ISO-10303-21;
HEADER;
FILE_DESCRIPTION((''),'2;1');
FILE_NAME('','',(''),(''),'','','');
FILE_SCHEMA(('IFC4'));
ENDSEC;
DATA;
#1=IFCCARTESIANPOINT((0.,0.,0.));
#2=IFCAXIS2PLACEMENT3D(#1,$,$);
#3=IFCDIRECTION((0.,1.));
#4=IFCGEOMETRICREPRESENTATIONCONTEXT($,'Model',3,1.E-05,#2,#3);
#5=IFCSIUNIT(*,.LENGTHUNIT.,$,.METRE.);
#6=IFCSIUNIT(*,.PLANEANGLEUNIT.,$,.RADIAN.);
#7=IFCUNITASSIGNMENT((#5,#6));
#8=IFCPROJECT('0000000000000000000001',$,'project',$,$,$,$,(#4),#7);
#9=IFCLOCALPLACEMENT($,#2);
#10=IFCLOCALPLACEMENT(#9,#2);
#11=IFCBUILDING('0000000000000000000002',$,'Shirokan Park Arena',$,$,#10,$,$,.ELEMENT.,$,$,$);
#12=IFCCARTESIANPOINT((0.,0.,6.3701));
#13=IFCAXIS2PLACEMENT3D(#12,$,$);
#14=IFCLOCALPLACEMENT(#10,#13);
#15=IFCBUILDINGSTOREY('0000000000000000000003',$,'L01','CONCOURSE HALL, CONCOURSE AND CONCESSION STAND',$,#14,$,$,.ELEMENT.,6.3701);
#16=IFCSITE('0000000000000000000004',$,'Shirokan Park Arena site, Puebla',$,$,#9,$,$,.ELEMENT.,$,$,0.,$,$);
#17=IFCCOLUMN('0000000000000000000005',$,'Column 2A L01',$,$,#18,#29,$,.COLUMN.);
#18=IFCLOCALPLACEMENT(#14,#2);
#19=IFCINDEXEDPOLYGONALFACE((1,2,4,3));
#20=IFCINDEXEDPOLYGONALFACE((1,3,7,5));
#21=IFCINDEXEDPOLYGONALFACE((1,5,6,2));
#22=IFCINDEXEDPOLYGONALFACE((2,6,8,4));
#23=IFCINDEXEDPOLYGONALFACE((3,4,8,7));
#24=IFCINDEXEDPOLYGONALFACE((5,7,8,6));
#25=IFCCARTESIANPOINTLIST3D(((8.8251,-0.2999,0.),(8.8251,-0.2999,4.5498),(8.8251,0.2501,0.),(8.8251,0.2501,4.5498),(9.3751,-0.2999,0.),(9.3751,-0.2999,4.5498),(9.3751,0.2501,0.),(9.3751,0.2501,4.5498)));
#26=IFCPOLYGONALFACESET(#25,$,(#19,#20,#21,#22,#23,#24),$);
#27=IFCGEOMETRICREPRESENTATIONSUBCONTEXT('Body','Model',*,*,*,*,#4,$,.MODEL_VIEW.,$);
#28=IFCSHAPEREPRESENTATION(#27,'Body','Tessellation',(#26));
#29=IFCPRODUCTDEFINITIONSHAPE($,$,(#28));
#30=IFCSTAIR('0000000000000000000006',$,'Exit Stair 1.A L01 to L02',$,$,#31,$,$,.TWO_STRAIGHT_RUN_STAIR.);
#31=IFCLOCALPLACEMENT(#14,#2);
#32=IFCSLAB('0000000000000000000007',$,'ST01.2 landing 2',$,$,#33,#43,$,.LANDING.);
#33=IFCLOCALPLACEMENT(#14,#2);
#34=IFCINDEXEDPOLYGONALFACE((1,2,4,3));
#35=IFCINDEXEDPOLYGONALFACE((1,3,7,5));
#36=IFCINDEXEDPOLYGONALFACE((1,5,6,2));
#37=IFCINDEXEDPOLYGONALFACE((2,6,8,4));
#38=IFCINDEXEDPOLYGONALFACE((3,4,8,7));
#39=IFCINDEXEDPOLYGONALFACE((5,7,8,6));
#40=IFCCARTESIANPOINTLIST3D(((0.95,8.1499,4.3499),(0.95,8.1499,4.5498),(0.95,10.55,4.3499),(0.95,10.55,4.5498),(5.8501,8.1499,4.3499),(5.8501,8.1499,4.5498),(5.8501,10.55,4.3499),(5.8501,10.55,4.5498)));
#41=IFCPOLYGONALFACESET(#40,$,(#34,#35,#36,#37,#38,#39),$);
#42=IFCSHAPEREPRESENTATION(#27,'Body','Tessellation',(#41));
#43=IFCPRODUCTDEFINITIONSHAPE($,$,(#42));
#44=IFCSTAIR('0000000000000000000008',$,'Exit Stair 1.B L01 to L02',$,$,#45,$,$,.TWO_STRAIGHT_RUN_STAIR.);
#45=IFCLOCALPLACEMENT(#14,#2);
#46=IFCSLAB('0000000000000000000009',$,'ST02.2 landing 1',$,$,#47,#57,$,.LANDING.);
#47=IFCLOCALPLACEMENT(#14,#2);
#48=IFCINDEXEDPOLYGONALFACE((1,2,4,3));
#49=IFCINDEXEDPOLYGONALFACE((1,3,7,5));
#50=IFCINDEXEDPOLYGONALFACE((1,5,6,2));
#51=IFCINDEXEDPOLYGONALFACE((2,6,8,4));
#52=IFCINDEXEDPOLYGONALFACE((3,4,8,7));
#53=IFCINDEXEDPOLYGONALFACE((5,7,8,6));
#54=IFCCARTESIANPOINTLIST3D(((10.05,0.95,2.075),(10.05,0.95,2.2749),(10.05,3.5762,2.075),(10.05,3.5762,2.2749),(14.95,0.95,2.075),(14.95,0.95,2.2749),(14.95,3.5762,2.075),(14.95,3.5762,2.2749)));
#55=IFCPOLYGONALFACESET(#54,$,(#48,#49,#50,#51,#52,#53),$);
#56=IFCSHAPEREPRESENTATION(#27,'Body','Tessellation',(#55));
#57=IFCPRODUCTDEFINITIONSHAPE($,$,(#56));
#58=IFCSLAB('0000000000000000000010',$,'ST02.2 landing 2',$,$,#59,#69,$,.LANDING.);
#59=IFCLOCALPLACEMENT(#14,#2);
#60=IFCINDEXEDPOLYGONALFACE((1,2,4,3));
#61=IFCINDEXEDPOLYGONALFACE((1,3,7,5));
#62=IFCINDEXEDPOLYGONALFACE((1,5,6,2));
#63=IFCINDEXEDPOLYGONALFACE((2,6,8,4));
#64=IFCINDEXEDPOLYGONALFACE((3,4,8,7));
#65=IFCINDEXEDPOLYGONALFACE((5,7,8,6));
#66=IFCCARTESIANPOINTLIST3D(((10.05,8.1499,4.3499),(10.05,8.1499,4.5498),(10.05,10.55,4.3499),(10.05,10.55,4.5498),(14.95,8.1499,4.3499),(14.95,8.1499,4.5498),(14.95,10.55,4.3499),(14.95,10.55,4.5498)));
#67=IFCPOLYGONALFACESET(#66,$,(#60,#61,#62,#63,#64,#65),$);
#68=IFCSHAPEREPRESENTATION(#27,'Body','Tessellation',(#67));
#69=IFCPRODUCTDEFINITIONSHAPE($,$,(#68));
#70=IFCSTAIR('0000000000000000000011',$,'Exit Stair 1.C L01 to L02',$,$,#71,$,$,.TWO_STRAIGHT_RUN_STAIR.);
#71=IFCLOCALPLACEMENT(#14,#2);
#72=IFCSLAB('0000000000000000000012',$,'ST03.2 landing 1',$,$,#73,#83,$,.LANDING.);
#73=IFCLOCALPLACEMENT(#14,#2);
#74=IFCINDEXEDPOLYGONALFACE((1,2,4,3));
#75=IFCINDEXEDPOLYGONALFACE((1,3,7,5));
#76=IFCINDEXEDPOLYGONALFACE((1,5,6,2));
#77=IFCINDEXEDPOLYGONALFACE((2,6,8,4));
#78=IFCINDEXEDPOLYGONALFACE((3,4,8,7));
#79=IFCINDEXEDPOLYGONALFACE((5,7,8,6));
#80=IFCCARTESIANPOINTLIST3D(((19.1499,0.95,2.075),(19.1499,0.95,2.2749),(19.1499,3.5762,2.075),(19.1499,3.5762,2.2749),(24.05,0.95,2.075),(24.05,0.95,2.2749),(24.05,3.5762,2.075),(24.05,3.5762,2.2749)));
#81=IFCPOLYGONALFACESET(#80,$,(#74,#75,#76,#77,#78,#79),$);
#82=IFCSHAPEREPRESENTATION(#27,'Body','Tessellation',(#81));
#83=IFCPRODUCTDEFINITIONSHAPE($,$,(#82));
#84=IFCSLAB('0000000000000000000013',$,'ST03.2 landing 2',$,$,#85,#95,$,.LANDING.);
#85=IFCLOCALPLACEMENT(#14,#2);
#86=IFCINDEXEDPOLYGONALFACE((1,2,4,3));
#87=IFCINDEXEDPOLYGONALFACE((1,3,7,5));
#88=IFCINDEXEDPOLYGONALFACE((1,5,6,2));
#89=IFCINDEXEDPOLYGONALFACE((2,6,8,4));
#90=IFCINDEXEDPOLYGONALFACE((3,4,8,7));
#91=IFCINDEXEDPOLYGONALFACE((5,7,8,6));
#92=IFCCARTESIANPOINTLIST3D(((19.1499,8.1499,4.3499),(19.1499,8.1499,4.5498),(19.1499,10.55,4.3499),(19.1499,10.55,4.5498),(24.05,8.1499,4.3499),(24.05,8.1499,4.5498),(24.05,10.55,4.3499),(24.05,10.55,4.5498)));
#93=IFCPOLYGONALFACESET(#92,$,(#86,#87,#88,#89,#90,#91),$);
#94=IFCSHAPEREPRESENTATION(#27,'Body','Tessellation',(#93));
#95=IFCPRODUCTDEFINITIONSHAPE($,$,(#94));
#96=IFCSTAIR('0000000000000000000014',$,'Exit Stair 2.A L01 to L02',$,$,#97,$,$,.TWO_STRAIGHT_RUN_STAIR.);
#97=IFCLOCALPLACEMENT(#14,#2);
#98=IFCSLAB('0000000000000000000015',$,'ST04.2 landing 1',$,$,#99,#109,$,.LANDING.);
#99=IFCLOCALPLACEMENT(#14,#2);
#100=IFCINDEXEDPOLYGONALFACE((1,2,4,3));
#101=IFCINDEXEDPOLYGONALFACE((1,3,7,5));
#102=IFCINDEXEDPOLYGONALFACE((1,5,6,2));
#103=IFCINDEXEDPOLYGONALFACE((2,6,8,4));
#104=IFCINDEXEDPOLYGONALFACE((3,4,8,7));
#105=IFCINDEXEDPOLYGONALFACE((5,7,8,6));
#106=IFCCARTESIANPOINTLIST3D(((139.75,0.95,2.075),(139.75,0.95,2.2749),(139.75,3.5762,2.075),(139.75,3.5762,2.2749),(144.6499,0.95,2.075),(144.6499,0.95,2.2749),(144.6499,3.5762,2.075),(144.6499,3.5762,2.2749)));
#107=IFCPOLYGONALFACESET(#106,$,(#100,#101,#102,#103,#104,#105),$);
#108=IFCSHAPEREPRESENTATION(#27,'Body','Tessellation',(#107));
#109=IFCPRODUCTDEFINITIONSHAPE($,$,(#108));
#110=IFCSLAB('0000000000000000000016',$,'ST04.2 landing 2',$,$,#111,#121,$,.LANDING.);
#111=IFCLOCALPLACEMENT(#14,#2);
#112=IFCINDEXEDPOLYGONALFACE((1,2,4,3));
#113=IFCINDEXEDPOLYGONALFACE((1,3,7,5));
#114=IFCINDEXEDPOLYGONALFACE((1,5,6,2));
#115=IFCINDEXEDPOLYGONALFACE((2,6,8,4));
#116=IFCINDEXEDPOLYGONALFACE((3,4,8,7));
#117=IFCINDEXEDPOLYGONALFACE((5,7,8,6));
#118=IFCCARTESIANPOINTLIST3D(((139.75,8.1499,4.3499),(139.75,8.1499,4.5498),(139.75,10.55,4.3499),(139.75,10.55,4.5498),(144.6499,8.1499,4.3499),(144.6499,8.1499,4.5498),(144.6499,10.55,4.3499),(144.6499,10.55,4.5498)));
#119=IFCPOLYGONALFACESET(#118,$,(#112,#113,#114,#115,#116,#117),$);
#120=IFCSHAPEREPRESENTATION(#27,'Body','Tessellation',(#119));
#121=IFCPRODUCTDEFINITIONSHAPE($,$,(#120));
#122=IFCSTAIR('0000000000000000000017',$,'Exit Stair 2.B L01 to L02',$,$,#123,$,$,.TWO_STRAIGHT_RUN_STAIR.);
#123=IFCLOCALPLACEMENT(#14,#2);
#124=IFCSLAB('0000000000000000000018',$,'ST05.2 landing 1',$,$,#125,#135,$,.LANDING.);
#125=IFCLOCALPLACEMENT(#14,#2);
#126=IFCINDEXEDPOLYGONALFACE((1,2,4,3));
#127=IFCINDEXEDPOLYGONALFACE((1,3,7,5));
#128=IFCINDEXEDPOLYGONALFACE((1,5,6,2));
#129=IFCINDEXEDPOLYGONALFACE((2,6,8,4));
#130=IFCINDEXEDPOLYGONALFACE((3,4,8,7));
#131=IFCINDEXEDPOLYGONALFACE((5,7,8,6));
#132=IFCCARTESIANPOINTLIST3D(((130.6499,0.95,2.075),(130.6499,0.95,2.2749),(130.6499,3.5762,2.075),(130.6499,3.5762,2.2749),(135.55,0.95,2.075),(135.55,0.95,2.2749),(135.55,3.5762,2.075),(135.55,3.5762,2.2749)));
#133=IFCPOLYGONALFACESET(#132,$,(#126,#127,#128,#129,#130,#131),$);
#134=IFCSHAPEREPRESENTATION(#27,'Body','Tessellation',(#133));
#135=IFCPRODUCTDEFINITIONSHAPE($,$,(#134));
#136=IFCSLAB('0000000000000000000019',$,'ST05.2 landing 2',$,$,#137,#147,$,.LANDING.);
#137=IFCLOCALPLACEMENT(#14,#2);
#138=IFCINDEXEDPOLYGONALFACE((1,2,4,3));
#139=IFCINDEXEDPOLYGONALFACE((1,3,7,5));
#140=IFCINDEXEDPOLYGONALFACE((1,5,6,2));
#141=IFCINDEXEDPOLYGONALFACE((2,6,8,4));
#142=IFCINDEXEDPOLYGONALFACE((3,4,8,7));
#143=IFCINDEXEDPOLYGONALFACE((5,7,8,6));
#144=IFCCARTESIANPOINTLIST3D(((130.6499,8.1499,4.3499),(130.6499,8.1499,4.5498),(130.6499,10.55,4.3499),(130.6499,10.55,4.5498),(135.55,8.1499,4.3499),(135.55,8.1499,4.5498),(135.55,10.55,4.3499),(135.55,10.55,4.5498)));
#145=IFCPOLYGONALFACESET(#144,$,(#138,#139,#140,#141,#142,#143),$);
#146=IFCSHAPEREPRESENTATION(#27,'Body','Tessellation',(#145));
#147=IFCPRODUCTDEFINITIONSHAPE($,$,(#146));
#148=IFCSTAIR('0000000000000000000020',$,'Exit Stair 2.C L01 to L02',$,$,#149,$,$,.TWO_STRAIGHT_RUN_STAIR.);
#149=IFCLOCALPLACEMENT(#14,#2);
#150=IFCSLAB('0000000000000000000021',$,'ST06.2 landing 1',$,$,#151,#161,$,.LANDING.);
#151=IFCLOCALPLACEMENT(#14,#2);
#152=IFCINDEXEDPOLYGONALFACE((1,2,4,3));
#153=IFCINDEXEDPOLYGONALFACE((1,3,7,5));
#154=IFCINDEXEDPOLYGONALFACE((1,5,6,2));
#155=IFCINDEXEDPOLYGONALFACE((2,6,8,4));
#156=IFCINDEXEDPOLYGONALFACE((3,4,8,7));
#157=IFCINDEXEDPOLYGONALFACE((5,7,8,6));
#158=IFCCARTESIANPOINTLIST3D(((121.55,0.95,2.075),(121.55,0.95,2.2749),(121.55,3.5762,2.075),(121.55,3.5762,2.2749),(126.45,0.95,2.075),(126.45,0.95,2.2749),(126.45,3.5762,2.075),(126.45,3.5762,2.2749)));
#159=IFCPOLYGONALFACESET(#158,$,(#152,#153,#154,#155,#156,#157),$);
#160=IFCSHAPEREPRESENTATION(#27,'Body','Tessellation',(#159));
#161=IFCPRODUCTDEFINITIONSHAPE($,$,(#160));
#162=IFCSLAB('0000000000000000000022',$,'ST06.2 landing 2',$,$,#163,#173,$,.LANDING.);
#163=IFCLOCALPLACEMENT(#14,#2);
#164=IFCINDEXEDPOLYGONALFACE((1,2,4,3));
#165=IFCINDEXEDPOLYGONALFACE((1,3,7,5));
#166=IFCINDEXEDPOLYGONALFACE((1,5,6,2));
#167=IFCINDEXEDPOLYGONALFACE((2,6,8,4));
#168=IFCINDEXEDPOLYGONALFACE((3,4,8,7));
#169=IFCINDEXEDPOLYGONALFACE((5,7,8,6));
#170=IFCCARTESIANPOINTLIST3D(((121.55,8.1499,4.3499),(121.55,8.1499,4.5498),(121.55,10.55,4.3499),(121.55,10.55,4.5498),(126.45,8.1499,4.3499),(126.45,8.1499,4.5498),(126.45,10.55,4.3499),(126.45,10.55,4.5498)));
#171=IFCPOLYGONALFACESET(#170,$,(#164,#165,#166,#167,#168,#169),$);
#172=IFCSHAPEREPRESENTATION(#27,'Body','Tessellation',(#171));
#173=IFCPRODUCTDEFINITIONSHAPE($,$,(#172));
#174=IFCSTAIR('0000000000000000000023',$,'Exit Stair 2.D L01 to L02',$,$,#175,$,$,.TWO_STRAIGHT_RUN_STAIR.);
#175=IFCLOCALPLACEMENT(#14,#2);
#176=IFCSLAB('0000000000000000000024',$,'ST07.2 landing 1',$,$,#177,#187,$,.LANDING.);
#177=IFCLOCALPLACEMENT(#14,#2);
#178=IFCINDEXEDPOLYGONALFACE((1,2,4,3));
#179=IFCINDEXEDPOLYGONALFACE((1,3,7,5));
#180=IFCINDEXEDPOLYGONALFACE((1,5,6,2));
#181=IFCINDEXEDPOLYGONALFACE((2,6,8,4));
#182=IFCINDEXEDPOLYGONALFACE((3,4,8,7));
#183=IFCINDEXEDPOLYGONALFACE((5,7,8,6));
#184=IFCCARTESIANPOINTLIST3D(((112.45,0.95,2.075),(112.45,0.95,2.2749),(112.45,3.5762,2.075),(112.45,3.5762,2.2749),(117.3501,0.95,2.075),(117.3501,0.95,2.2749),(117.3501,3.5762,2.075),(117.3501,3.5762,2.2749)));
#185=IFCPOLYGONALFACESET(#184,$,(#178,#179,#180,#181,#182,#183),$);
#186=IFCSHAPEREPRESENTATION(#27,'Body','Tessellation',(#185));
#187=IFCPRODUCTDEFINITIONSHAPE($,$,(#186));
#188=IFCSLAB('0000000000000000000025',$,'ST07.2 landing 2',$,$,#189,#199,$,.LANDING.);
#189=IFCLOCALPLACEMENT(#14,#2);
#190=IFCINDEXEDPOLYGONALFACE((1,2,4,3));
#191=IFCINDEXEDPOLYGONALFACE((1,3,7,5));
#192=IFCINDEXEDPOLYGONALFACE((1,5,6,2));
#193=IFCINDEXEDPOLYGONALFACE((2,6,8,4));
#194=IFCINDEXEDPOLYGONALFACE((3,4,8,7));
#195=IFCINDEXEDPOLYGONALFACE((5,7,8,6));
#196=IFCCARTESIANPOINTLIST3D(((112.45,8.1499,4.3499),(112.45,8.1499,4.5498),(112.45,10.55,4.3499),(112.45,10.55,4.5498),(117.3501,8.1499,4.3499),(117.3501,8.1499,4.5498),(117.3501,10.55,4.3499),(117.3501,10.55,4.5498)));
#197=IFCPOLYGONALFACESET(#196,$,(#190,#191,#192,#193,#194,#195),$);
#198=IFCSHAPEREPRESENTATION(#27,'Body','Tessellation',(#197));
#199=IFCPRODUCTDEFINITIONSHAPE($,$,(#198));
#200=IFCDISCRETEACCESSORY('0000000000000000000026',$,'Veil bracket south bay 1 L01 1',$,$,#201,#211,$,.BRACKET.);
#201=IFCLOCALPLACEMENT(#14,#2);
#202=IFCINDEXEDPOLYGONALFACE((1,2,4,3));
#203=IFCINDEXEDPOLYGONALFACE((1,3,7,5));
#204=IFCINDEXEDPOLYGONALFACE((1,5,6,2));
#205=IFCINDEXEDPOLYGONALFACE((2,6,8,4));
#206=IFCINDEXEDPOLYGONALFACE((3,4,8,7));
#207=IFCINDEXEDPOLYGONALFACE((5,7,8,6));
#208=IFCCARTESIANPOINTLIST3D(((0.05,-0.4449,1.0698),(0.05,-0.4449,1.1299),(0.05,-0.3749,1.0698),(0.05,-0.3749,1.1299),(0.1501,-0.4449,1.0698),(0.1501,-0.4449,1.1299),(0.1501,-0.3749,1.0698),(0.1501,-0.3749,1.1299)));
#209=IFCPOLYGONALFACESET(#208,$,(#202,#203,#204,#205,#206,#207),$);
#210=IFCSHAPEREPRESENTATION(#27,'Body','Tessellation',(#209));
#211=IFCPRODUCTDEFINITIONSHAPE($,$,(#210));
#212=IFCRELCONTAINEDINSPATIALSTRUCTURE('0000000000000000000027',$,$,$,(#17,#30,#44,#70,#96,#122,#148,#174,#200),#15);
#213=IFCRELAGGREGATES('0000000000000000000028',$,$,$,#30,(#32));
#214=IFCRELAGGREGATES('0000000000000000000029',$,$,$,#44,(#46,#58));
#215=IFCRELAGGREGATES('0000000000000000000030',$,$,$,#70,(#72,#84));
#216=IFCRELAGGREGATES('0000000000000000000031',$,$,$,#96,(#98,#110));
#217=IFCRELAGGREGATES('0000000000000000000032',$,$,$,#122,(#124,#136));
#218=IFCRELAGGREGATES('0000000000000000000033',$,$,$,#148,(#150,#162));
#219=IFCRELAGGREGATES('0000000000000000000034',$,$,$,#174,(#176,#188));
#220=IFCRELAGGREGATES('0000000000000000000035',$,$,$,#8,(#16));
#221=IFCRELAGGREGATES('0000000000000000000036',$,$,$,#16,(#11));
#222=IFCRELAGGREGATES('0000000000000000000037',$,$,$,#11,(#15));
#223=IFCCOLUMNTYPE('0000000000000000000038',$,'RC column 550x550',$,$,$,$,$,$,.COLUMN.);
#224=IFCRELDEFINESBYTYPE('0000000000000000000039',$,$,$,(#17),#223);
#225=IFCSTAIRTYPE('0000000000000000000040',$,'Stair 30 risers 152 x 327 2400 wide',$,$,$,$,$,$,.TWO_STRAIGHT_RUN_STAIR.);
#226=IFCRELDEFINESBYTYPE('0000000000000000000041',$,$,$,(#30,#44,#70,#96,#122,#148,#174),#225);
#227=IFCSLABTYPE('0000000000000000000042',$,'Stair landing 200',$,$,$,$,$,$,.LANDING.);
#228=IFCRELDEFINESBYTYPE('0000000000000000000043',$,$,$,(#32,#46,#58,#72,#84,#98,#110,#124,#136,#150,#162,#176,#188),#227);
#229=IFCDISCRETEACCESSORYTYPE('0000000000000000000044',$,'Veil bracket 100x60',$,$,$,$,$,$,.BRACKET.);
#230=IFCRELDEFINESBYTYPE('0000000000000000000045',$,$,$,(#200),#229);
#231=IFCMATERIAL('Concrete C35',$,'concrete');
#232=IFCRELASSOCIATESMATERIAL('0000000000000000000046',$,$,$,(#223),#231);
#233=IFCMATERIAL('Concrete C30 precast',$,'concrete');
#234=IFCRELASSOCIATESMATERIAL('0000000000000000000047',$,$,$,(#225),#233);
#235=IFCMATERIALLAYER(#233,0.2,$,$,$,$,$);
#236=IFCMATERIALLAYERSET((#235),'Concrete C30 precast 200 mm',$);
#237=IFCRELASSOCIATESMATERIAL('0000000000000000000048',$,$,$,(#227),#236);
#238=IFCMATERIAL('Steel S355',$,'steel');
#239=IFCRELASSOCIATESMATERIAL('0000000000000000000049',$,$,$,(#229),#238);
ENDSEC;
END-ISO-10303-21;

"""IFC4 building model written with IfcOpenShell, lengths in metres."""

from ifc_helpers import new_model, si_unit, direction, frame, origin, origin_2d, place, context, subcontext, project, spatial, polyline, rectangle, outline, extrude, material, layer, layer_set, material_profile, profile_set, type_object, element, aggregate, save


model = new_model("IFC4")

# Units and contexts
model_context = context("Model", 3, precision=1e-05, world=origin(), true_north=direction((0.0, 1.0)))
body_context = subcontext(model_context, "Body", "Model", "MODEL_VIEW")
ifc_project = project(units=[si_unit("LENGTHUNIT", "METRE"), si_unit("PLANEANGLEUNIT", "RADIAN")], contexts=[model_context])

# Site, building, storey
site_placement = place(None, origin())
site = spatial("IfcSite", under=ifc_project, at=site_placement, Name="Shirokan Park Arena site, Puebla", CompositionType="ELEMENT", RefElevation=0.0)
building_placement = place(site_placement, origin())
building = spatial("IfcBuilding", under=site, at=building_placement, Name="Shirokan Park Arena", CompositionType="ELEMENT")
storey_placement = place(building_placement, frame((0.0, 0.0, 6.3701)))
storey = spatial("IfcBuildingStorey", under=building, at=storey_placement, Name="L01", Description="CONCOURSE HALL, CONCOURSE AND CONCESSION STAND", CompositionType="ELEMENT", Elevation=6.3701)

# Column
ifc_material_1 = material(Name="Concrete C35", Category="concrete")
ifc_material_profile = material_profile(ifc_material_1, rectangle(XDim=0.55, YDim=0.55, at=origin_2d()), Name="550x550")
ifc_profile_set = profile_set([ifc_material_profile], Name="Concrete C35")
column_type = type_object("IfcColumnType", Name="RC column 550x550", PredefinedType="COLUMN", material=ifc_profile_set)
column_placement = place(storey_placement, frame((9.1001, -0.0249, 0.0), z_axis=(0.0, 0.0, 1.0), x_axis=(1.0, 0.0, 0.0)))
element("IfcColumn", 1, at=column_placement, inside=storey, type_object=column_type, Name="Column 2A L01", PredefinedType="COLUMN", context=body_context, shape_type="SweptSolid", body=[
    extrude(rectangle(XDim=0.55, YDim=0.55, at=origin_2d()), origin(), (0.0, 0.0, 1.0), 4.5498),
])

# Stair, slab
ifc_material_2 = material(Name="Concrete C30 precast", Category="concrete")
stair_type = type_object("IfcStairType", Name="Stair 30 risers 152 x 327 2400 wide", PredefinedType="TWO_STRAIGHT_RUN_STAIR", material=ifc_material_2)
stair_1_placement = place(storey_placement, origin())
stair_1 = element("IfcStair", 2, at=stair_1_placement, inside=storey, type_object=stair_type, Name="Exit Stair 1.A L01 to L02", PredefinedType="TWO_STRAIGHT_RUN_STAIR")
ifc_layer = layer(ifc_material_2, 0.2)
ifc_layer_set = layer_set([ifc_layer], Name="Concrete C30 precast 200 mm")
slab_type = type_object("IfcSlabType", Name="Stair landing 200", PredefinedType="LANDING", material=ifc_layer_set)
slab_1_placement = place(storey_placement, frame((0.0, 0.0, 4.3499)))
slab_1 = element("IfcSlab", 3, at=slab_1_placement, type_object=slab_type, Name="ST01.2 landing 2", PredefinedType="LANDING", context=body_context, shape_type="SweptSolid", body=[
    extrude(outline(polyline([(0.95, 8.1499), (5.8501, 8.1499), (5.8501, 10.55), (0.95, 10.55), (0.95, 8.1499)])), origin(), (0.0, 0.0, 1.0), 0.2),
])
aggregate(stair_1, [slab_1])

# Stairs, slabs
stair_2_placement = place(storey_placement, origin())
stair_2 = element("IfcStair", 4, at=stair_2_placement, inside=storey, type_object=stair_type, Name="Exit Stair 1.B L01 to L02", PredefinedType="TWO_STRAIGHT_RUN_STAIR")
slab_2_placement = place(storey_placement, frame((0.0, 0.0, 2.075)))
slab_2 = element("IfcSlab", 5, at=slab_2_placement, type_object=slab_type, Name="ST02.2 landing 1", PredefinedType="LANDING", context=body_context, shape_type="SweptSolid", body=[
    extrude(outline(polyline([(10.05, 0.95), (14.95, 0.95), (14.95, 3.5762), (10.05, 3.5762), (10.05, 0.95)])), origin(), (0.0, 0.0, 1.0), 0.2),
])
slab_3_placement = place(storey_placement, frame((0.0, 0.0, 4.3499)))
slab_3 = element("IfcSlab", 6, at=slab_3_placement, type_object=slab_type, Name="ST02.2 landing 2", PredefinedType="LANDING", context=body_context, shape_type="SweptSolid", body=[
    extrude(outline(polyline([(10.05, 8.1499), (14.95, 8.1499), (14.95, 10.55), (10.05, 10.55), (10.05, 8.1499)])), origin(), (0.0, 0.0, 1.0), 0.2),
])
aggregate(stair_2, [slab_2, slab_3])
stair_3_placement = place(storey_placement, origin())
stair_3 = element("IfcStair", 7, at=stair_3_placement, inside=storey, type_object=stair_type, Name="Exit Stair 1.C L01 to L02", PredefinedType="TWO_STRAIGHT_RUN_STAIR")
slab_4_placement = place(storey_placement, frame((0.0, 0.0, 2.075)))
slab_4 = element("IfcSlab", 8, at=slab_4_placement, type_object=slab_type, Name="ST03.2 landing 1", PredefinedType="LANDING", context=body_context, shape_type="SweptSolid", body=[
    extrude(outline(polyline([(19.1499, 0.95), (24.05, 0.95), (24.05, 3.5762), (19.1499, 3.5762), (19.1499, 0.95)])), origin(), (0.0, 0.0, 1.0), 0.2),
])
slab_5_placement = place(storey_placement, frame((0.0, 0.0, 4.3499)))
slab_5 = element("IfcSlab", 9, at=slab_5_placement, type_object=slab_type, Name="ST03.2 landing 2", PredefinedType="LANDING", context=body_context, shape_type="SweptSolid", body=[
    extrude(outline(polyline([(19.1499, 8.1499), (24.05, 8.1499), (24.05, 10.55), (19.1499, 10.55), (19.1499, 8.1499)])), origin(), (0.0, 0.0, 1.0), 0.2),
])
aggregate(stair_3, [slab_4, slab_5])
stair_4_placement = place(storey_placement, origin())
stair_4 = element("IfcStair", 10, at=stair_4_placement, inside=storey, type_object=stair_type, Name="Exit Stair 2.A L01 to L02", PredefinedType="TWO_STRAIGHT_RUN_STAIR")
slab_6_placement = place(storey_placement, frame((0.0, 0.0, 2.075)))
slab_6 = element("IfcSlab", 11, at=slab_6_placement, type_object=slab_type, Name="ST04.2 landing 1", PredefinedType="LANDING", context=body_context, shape_type="SweptSolid", body=[
    extrude(outline(polyline([(139.75, 0.95), (144.6499, 0.95), (144.6499, 3.5762), (139.75, 3.5762), (139.75, 0.95)])), origin(), (0.0, 0.0, 1.0), 0.2),
])
slab_7_placement = place(storey_placement, frame((0.0, 0.0, 4.3499)))
slab_7 = element("IfcSlab", 12, at=slab_7_placement, type_object=slab_type, Name="ST04.2 landing 2", PredefinedType="LANDING", context=body_context, shape_type="SweptSolid", body=[
    extrude(outline(polyline([(139.75, 8.1499), (144.6499, 8.1499), (144.6499, 10.55), (139.75, 10.55), (139.75, 8.1499)])), origin(), (0.0, 0.0, 1.0), 0.2),
])
aggregate(stair_4, [slab_6, slab_7])
stair_5_placement = place(storey_placement, origin())
stair_5 = element("IfcStair", 13, at=stair_5_placement, inside=storey, type_object=stair_type, Name="Exit Stair 2.B L01 to L02", PredefinedType="TWO_STRAIGHT_RUN_STAIR")
slab_8_placement = place(storey_placement, frame((0.0, 0.0, 2.075)))
slab_8 = element("IfcSlab", 14, at=slab_8_placement, type_object=slab_type, Name="ST05.2 landing 1", PredefinedType="LANDING", context=body_context, shape_type="SweptSolid", body=[
    extrude(outline(polyline([(130.6499, 0.95), (135.55, 0.95), (135.55, 3.5762), (130.6499, 3.5762), (130.6499, 0.95)])), origin(), (0.0, 0.0, 1.0), 0.2),
])
slab_9_placement = place(storey_placement, frame((0.0, 0.0, 4.3499)))
slab_9 = element("IfcSlab", 15, at=slab_9_placement, type_object=slab_type, Name="ST05.2 landing 2", PredefinedType="LANDING", context=body_context, shape_type="SweptSolid", body=[
    extrude(outline(polyline([(130.6499, 8.1499), (135.55, 8.1499), (135.55, 10.55), (130.6499, 10.55), (130.6499, 8.1499)])), origin(), (0.0, 0.0, 1.0), 0.2),
])
aggregate(stair_5, [slab_8, slab_9])
stair_6_placement = place(storey_placement, origin())
stair_6 = element("IfcStair", 16, at=stair_6_placement, inside=storey, type_object=stair_type, Name="Exit Stair 2.C L01 to L02", PredefinedType="TWO_STRAIGHT_RUN_STAIR")
slab_10_placement = place(storey_placement, frame((0.0, 0.0, 2.075)))
slab_10 = element("IfcSlab", 17, at=slab_10_placement, type_object=slab_type, Name="ST06.2 landing 1", PredefinedType="LANDING", context=body_context, shape_type="SweptSolid", body=[
    extrude(outline(polyline([(121.55, 0.95), (126.45, 0.95), (126.45, 3.5762), (121.55, 3.5762), (121.55, 0.95)])), origin(), (0.0, 0.0, 1.0), 0.2),
])
slab_11_placement = place(storey_placement, frame((0.0, 0.0, 4.3499)))
slab_11 = element("IfcSlab", 18, at=slab_11_placement, type_object=slab_type, Name="ST06.2 landing 2", PredefinedType="LANDING", context=body_context, shape_type="SweptSolid", body=[
    extrude(outline(polyline([(121.55, 8.1499), (126.45, 8.1499), (126.45, 10.55), (121.55, 10.55), (121.55, 8.1499)])), origin(), (0.0, 0.0, 1.0), 0.2),
])
aggregate(stair_6, [slab_10, slab_11])
stair_7_placement = place(storey_placement, origin())
stair_7 = element("IfcStair", 19, at=stair_7_placement, inside=storey, type_object=stair_type, Name="Exit Stair 2.D L01 to L02", PredefinedType="TWO_STRAIGHT_RUN_STAIR")
slab_12_placement = place(storey_placement, frame((0.0, 0.0, 2.075)))
slab_12 = element("IfcSlab", 20, at=slab_12_placement, type_object=slab_type, Name="ST07.2 landing 1", PredefinedType="LANDING", context=body_context, shape_type="SweptSolid", body=[
    extrude(outline(polyline([(112.45, 0.95), (117.3501, 0.95), (117.3501, 3.5762), (112.45, 3.5762), (112.45, 0.95)])), origin(), (0.0, 0.0, 1.0), 0.2),
])
slab_13_placement = place(storey_placement, frame((0.0, 0.0, 4.3499)))
slab_13 = element("IfcSlab", 21, at=slab_13_placement, type_object=slab_type, Name="ST07.2 landing 2", PredefinedType="LANDING", context=body_context, shape_type="SweptSolid", body=[
    extrude(outline(polyline([(112.45, 8.1499), (117.3501, 8.1499), (117.3501, 10.55), (112.45, 10.55), (112.45, 8.1499)])), origin(), (0.0, 0.0, 1.0), 0.2),
])
aggregate(stair_7, [slab_12, slab_13])

# Discrete accessory
ifc_material_3 = material(Name="Steel S355", Category="steel")
discrete_accessory_type = type_object("IfcDiscreteAccessoryType", Name="Veil bracket 100x60", PredefinedType="BRACKET", material=ifc_material_3)
for number, where, z_axis, x_axis, name in (
    (22, (0.1001, -0.4099, 1.0698), (0.0, 0.0, 1.0), (1.0, 0.0, 0.0), "Veil bracket south bay 1 L01 1"),
):
    element("IfcDiscreteAccessory", number, at=place(storey_placement, frame(where, z_axis=z_axis, x_axis=x_axis)), inside=storey, type_object=discrete_accessory_type, Name=name, PredefinedType="BRACKET", context=body_context, shape_type="SweptSolid", body=[
        extrude(rectangle(XDim=0.1001, YDim=0.0701, at=origin_2d()), origin(), (0.0, 0.0, 1.0), 0.0601),
    ])

save(model, "model.ifc")
